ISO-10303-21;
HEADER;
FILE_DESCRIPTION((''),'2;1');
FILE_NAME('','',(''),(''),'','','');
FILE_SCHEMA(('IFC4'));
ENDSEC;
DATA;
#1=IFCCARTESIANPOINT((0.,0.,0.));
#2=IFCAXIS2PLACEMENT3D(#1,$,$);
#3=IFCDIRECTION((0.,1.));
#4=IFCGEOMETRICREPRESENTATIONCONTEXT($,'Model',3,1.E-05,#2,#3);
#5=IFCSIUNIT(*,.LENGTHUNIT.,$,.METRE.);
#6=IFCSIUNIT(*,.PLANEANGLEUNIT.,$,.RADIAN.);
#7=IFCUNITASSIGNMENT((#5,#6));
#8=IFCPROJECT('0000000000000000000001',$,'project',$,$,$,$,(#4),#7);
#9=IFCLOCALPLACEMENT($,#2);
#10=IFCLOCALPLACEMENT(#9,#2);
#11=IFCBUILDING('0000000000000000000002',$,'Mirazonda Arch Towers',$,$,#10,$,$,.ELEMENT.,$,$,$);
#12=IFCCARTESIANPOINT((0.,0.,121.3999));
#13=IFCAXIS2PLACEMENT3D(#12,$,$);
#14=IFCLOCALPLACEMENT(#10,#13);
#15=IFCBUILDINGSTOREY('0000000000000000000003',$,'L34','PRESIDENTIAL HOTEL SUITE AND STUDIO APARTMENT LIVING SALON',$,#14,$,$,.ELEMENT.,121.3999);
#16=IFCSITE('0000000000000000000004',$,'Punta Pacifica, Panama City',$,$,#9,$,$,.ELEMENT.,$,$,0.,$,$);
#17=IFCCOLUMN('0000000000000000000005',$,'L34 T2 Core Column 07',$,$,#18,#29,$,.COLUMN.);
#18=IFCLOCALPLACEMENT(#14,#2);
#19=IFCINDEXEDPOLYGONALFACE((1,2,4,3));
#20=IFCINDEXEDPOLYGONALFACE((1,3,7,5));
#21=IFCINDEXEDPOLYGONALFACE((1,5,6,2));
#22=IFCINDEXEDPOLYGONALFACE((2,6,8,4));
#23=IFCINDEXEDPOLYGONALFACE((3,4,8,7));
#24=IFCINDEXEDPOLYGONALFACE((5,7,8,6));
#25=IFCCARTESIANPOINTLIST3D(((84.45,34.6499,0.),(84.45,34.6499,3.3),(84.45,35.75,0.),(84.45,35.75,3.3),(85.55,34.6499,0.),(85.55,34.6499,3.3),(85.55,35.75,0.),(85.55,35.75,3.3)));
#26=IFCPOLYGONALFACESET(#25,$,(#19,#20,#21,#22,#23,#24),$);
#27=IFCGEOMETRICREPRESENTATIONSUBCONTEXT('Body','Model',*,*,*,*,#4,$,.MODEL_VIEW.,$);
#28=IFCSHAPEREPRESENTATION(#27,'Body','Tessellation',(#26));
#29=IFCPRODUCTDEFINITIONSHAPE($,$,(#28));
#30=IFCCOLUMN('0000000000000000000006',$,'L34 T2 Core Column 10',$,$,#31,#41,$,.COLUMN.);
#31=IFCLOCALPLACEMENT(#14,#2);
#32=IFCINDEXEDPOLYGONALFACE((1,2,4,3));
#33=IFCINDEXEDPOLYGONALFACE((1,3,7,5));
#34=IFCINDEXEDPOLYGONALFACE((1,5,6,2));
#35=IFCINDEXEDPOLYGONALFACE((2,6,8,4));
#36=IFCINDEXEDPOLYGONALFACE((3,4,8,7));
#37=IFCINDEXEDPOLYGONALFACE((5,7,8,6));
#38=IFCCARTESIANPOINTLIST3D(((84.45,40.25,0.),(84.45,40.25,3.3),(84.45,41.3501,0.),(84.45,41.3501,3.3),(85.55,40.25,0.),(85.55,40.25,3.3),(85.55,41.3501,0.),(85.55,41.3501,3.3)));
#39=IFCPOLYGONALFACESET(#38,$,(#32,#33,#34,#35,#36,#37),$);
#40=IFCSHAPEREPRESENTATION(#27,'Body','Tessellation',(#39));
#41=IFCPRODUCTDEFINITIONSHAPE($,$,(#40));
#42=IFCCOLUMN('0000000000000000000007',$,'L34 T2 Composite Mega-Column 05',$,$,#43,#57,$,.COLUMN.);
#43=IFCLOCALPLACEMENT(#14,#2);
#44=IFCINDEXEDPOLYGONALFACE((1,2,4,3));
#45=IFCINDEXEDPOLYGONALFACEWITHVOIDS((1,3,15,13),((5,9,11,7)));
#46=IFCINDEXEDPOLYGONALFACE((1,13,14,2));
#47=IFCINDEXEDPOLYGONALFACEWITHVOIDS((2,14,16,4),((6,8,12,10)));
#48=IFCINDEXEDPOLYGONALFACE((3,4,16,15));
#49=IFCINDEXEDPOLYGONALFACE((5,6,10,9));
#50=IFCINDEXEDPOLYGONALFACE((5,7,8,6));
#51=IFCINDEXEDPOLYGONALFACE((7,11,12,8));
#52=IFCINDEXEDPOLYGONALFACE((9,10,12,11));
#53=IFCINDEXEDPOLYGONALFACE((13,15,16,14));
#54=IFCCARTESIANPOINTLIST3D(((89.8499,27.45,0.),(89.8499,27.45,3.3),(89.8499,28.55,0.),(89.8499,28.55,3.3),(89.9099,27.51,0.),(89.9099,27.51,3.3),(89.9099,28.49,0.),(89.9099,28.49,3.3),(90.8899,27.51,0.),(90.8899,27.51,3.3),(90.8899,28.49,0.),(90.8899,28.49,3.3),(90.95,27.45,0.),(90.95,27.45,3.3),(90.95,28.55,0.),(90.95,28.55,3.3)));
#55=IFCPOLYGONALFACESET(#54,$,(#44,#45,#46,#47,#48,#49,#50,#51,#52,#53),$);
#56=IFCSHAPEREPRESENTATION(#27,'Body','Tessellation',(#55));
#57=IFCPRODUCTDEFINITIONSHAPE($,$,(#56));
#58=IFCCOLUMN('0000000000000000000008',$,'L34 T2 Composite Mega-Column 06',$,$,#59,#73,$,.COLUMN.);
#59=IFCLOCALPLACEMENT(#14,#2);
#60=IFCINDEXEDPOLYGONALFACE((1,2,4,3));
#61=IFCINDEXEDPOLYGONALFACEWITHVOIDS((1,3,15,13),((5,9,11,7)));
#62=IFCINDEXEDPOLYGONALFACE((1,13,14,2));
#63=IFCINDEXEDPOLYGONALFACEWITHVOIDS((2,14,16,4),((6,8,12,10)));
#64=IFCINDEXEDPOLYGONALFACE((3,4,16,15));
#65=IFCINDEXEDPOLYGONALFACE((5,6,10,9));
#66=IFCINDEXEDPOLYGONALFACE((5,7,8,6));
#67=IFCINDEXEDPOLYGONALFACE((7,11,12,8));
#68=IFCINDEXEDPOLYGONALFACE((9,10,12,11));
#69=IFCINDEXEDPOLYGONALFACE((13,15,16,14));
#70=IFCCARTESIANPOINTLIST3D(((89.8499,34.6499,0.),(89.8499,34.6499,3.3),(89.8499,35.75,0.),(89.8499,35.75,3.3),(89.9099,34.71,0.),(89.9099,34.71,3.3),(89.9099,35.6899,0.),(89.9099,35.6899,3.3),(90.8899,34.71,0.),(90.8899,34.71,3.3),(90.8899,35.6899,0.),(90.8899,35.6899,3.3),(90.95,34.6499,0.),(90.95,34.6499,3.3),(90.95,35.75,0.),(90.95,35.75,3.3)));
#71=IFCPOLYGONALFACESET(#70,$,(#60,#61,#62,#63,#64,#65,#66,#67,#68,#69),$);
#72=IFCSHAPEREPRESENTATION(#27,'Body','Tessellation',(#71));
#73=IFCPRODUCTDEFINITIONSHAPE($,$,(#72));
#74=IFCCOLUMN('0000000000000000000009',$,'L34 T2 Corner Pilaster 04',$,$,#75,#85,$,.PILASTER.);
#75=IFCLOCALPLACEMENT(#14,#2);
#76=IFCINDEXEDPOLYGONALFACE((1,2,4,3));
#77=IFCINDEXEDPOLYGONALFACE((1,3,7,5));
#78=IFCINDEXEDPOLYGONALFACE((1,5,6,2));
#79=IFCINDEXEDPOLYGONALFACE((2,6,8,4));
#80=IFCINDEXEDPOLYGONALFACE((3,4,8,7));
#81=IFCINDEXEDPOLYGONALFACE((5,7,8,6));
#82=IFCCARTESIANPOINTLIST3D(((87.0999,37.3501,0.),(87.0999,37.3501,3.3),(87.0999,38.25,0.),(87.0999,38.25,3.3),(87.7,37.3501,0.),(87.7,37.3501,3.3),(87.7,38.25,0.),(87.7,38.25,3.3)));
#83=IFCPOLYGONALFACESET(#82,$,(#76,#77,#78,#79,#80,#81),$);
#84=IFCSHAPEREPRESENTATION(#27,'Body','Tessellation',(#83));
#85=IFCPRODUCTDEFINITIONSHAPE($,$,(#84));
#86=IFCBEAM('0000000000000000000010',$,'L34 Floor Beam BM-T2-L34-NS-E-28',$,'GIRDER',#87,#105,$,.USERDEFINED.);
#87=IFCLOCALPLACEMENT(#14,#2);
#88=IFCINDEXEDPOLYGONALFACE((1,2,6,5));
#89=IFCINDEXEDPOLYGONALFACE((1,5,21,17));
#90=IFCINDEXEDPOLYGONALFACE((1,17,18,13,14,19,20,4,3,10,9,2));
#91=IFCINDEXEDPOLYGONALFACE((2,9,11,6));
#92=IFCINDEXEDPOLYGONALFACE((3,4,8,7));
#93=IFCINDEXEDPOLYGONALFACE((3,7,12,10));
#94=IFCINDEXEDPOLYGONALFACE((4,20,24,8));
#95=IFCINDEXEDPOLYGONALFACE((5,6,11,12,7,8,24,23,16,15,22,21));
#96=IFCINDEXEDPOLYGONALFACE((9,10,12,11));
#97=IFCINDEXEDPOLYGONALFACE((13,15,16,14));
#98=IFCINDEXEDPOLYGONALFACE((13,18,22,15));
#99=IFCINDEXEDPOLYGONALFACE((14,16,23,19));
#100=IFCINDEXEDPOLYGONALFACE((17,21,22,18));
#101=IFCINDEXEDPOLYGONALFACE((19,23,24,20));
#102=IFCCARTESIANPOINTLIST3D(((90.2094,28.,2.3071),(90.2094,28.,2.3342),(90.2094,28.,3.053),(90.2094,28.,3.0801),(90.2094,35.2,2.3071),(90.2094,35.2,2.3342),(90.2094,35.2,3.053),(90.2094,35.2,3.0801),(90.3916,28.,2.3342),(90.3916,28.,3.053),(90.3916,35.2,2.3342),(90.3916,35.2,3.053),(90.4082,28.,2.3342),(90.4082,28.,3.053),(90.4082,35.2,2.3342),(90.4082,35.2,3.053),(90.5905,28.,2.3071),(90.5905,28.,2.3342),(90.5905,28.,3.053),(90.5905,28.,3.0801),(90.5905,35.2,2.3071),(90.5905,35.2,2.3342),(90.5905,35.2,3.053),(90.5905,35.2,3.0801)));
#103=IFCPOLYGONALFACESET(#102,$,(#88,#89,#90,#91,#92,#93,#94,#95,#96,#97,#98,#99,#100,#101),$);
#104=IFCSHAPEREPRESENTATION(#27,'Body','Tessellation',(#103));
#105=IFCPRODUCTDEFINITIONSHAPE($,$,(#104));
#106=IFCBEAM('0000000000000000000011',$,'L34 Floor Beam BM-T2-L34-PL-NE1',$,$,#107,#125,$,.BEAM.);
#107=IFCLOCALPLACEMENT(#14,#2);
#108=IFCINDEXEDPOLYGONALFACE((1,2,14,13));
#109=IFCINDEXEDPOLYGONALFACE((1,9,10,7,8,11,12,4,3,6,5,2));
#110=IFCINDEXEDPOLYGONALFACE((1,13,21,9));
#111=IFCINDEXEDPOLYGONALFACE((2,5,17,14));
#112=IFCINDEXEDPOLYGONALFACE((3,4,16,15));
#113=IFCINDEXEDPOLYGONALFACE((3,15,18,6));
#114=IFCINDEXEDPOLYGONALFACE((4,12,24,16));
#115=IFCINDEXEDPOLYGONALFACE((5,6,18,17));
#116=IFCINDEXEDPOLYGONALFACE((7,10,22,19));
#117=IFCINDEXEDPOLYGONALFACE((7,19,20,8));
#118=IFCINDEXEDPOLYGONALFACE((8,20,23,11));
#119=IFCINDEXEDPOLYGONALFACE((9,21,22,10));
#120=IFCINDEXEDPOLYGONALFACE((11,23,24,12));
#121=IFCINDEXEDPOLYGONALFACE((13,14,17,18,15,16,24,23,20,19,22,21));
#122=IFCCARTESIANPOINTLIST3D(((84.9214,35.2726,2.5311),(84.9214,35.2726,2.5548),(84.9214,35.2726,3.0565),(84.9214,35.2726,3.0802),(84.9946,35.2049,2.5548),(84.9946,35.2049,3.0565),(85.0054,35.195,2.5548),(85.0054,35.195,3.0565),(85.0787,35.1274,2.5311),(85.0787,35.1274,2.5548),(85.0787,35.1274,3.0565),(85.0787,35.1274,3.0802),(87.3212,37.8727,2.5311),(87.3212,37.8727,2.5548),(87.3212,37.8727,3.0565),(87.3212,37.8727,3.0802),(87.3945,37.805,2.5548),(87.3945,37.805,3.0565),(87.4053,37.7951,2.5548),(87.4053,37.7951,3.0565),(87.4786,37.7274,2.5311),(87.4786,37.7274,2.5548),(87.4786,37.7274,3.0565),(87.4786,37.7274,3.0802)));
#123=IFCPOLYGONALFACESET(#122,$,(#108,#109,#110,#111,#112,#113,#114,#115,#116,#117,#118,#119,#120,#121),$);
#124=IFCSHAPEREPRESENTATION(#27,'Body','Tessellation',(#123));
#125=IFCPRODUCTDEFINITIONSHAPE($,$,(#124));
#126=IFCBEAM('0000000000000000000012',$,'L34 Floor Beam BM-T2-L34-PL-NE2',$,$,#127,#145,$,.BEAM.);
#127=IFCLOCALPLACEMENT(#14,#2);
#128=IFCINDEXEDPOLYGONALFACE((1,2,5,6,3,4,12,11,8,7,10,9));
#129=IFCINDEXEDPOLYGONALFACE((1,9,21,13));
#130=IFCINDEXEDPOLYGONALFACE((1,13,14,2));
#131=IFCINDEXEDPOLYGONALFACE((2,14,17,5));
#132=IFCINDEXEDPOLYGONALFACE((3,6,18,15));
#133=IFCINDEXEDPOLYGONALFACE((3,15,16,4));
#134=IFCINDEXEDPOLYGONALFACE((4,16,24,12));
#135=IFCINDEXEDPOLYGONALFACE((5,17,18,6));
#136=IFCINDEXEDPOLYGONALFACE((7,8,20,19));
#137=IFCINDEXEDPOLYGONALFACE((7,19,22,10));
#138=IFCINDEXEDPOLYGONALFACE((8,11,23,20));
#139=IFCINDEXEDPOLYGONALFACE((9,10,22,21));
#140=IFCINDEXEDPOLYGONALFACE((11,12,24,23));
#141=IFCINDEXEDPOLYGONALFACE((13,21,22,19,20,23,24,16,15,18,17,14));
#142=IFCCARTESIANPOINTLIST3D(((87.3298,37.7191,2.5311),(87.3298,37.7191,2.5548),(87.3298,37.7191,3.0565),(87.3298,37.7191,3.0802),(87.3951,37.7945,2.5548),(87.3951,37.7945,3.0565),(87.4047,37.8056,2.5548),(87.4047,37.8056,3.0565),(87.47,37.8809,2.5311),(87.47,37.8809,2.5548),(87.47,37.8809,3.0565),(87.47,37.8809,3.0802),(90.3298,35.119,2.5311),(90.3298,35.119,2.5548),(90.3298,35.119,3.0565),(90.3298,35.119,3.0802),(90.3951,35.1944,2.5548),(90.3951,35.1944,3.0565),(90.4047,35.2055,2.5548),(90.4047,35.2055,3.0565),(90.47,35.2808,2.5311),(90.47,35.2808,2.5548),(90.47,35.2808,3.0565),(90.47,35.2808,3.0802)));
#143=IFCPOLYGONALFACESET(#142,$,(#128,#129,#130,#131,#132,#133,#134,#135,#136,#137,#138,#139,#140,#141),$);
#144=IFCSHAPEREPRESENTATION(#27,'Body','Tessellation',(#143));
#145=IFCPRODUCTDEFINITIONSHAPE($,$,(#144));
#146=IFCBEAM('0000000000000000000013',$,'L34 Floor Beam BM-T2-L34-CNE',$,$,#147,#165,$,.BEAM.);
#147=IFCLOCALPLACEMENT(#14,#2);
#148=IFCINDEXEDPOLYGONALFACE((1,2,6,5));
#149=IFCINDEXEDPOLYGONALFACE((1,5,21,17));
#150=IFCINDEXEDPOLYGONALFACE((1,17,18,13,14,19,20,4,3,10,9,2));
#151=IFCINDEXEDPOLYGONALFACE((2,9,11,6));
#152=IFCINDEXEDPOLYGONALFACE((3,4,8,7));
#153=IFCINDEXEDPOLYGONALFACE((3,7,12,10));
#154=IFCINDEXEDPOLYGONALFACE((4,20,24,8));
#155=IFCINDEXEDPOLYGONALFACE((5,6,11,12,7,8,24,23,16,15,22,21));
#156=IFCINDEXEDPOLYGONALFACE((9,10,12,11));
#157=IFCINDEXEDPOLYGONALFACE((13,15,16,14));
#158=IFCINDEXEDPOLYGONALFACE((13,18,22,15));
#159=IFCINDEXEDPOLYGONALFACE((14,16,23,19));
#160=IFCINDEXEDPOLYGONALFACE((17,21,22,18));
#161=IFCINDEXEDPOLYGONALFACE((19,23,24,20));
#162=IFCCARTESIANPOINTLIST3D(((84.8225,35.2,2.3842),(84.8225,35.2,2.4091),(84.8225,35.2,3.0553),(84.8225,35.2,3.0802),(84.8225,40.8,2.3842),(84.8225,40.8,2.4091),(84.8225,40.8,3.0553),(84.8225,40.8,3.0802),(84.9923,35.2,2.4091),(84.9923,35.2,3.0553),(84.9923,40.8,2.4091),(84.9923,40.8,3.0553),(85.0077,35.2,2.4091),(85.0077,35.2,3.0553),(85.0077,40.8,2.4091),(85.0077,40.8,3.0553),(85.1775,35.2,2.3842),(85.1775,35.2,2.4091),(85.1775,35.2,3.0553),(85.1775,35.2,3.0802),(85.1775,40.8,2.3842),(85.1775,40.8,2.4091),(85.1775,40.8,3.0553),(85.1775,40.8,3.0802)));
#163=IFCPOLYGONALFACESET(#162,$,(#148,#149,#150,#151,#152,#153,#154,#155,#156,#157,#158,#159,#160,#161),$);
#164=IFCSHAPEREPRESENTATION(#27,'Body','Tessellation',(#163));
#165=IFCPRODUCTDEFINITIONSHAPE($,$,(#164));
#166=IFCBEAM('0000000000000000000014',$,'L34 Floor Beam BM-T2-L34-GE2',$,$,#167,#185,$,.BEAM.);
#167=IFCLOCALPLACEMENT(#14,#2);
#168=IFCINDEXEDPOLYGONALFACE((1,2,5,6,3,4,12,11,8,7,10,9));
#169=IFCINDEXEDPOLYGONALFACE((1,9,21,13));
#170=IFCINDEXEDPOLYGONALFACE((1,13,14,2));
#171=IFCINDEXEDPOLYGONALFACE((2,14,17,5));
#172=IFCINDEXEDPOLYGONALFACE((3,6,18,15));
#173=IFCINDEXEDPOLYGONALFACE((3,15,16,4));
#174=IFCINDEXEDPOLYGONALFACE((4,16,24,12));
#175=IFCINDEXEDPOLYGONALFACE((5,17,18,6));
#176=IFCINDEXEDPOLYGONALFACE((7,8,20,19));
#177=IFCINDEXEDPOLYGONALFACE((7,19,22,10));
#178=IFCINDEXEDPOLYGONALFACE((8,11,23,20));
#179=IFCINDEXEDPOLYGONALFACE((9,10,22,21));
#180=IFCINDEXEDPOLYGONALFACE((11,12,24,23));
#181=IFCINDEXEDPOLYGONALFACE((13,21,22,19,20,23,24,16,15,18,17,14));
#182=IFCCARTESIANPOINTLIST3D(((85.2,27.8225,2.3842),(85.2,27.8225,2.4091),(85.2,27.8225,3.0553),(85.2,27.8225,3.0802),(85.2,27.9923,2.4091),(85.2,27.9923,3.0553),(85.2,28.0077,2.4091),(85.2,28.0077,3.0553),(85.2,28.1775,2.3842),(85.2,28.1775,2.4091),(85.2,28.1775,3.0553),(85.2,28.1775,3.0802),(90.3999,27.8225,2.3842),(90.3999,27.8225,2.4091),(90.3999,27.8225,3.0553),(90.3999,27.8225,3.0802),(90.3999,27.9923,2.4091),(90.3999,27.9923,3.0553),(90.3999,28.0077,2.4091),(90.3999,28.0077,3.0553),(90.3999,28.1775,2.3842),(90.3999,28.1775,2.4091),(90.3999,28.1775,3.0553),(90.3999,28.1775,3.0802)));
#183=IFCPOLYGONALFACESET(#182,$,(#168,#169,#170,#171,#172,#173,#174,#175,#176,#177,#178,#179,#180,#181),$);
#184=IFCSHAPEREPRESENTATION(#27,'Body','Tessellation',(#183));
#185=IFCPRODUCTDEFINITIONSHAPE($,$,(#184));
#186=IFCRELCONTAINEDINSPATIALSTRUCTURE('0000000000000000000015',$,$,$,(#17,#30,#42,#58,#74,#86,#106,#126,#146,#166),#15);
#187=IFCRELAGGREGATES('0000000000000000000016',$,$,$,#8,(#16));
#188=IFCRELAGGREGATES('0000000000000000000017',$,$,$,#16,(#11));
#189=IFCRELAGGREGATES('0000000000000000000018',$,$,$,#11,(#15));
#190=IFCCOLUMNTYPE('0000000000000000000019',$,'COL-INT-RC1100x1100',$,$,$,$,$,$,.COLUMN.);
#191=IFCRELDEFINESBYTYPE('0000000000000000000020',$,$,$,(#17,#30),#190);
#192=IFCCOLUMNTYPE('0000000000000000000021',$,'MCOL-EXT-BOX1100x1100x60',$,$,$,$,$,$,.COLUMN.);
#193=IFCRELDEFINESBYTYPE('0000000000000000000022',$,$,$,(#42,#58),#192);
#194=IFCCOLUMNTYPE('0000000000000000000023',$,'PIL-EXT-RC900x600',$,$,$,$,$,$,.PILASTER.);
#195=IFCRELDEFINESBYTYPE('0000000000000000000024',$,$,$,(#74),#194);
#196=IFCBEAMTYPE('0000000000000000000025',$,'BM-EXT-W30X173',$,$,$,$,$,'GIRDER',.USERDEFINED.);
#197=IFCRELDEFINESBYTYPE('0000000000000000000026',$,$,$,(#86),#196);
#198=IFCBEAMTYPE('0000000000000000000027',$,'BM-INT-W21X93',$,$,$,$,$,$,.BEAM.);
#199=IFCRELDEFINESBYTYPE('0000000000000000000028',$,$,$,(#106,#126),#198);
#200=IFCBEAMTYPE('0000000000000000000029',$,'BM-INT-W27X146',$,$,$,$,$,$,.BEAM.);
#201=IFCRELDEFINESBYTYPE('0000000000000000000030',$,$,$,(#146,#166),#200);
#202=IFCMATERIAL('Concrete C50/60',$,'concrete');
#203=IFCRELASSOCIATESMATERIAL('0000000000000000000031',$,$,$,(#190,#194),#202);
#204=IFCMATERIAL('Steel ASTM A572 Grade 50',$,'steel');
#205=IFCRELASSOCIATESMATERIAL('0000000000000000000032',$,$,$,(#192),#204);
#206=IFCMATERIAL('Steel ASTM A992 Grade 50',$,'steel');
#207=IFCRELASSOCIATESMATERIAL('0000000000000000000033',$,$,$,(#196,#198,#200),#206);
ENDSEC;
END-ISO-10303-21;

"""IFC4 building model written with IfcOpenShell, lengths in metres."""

from ifc_helpers import new_model, si_unit, direction, frame, origin, origin_2d, place, context, subcontext, project, spatial, rectangle, hollow_rectangle, i_section, extrude, material, material_profile, profile_set, type_object, element, save


model = new_model("IFC4")

# Units and contexts
model_context = context("Model", 3, precision=1e-05, world=origin(), true_north=direction((0.0, 1.0)))
body_context = subcontext(model_context, "Body", "Model", "MODEL_VIEW")
ifc_project = project(units=[si_unit("LENGTHUNIT", "METRE"), si_unit("PLANEANGLEUNIT", "RADIAN")], contexts=[model_context])

# Site, building, storey
site_placement = place(None, origin())
site = spatial("IfcSite", under=ifc_project, at=site_placement, Name="Punta Pacifica, Panama City", CompositionType="ELEMENT", RefElevation=0.0)
building_placement = place(site_placement, origin())
building = spatial("IfcBuilding", under=site, at=building_placement, Name="Mirazonda Arch Towers", CompositionType="ELEMENT")
storey_placement = place(building_placement, frame((0.0, 0.0, 121.3999)))
storey = spatial("IfcBuildingStorey", under=building, at=storey_placement, Name="L34", Description="PRESIDENTIAL HOTEL SUITE AND STUDIO APARTMENT LIVING SALON", CompositionType="ELEMENT", Elevation=121.3999)

# Columns
ifc_material_1 = material(Name="Concrete C50/60", Category="concrete")
ifc_material_profile_1 = material_profile(ifc_material_1, rectangle(XDim=1.1001, YDim=1.1001, at=origin_2d()), Name="RC1100x1100")
ifc_profile_set_1 = profile_set([ifc_material_profile_1], Name="Concrete C50/60")
column_type_1 = type_object("IfcColumnType", Name="COL-INT-RC1100x1100", PredefinedType="COLUMN", material=ifc_profile_set_1)
for number, where, z_axis, x_axis, name in (
    (1, (85.0, 35.2, 0.0), (0.0, 0.0, 1.0), (1.0, 0.0, 0.0), "L34 T2 Core Column 07"),
    (2, (85.0, 40.8, 0.0), (0.0, 0.0, 1.0), (1.0, 0.0, 0.0), "L34 T2 Core Column 10"),
):
    element("IfcColumn", number, at=place(storey_placement, frame(where, z_axis=z_axis, x_axis=x_axis)), inside=storey, type_object=column_type_1, Name=name, PredefinedType="COLUMN", context=body_context, shape_type="SweptSolid", body=[
        extrude(rectangle(XDim=1.1001, YDim=1.1001, at=origin_2d()), origin(), (0.0, 0.0, 1.0), 3.3),
    ])
ifc_material_2 = material(Name="Steel ASTM A572 Grade 50", Category="steel")
ifc_material_profile_2 = material_profile(ifc_material_2, hollow_rectangle(XDim=1.1001, YDim=1.1001, WallThickness=0.0601, at=origin_2d()), Name="BOX1100x1100x60")
ifc_profile_set_2 = profile_set([ifc_material_profile_2], Name="Steel ASTM A572 Grade 50")
column_type_2 = type_object("IfcColumnType", Name="MCOL-EXT-BOX1100x1100x60", PredefinedType="COLUMN", material=ifc_profile_set_2)
for number, where, z_axis, x_axis, name in (
    (3, (90.3999, 28.0, 0.0), (0.0, 0.0, 1.0), (1.0, 0.0, 0.0), "L34 T2 Composite Mega-Column 05"),
    (4, (90.3999, 35.2, 0.0), (0.0, 0.0, 1.0), (1.0, 0.0, 0.0), "L34 T2 Composite Mega-Column 06"),
):
    element("IfcColumn", number, at=place(storey_placement, frame(where, z_axis=z_axis, x_axis=x_axis)), inside=storey, type_object=column_type_2, Name=name, PredefinedType="COLUMN", context=body_context, shape_type="SweptSolid", body=[
        extrude(hollow_rectangle(XDim=1.1001, YDim=1.1001, WallThickness=0.0601, at=origin_2d()), origin(), (0.0, 0.0, 1.0), 3.3),
    ])
ifc_material_profile_3 = material_profile(ifc_material_1, rectangle(XDim=0.6001, YDim=0.8999, at=origin_2d()), Name="RC900x600")
ifc_profile_set_3 = profile_set([ifc_material_profile_3], Name="Concrete C50/60")
column_type_3 = type_object("IfcColumnType", Name="PIL-EXT-RC900x600", PredefinedType="PILASTER", material=ifc_profile_set_3)
column_placement = place(storey_placement, frame((87.3999, 37.8, 0.0), z_axis=(0.0, 0.0, 1.0), x_axis=(1.0, 0.0, 0.0)))
element("IfcColumn", 5, at=column_placement, inside=storey, type_object=column_type_3, Name="L34 T2 Corner Pilaster 04", PredefinedType="PILASTER", context=body_context, shape_type="SweptSolid", body=[
    extrude(rectangle(XDim=0.6001, YDim=0.8999, at=origin_2d()), origin(), (0.0, 0.0, 1.0), 3.3),
])

# Beams
ifc_material_3 = material(Name="Steel ASTM A992 Grade 50", Category="steel")
ifc_material_profile_4 = material_profile(ifc_material_3, i_section(OverallWidth=0.3811, OverallDepth=0.7729, WebThickness=0.0166, FlangeThickness=0.0271, at=origin_2d()), Name="W30X173")
ifc_profile_set_4 = profile_set([ifc_material_profile_4], Name="Steel ASTM A992 Grade 50")
beam_type_1 = type_object("IfcBeamType", Name="BM-EXT-W30X173", ElementType="GIRDER", PredefinedType="USERDEFINED", material=ifc_profile_set_4)
beam_1_placement = place(storey_placement, frame((90.3999, 28.0, 2.6936), z_axis=(0.0, 1.0, 0.0), x_axis=(-1.0, 0.0, 0.0)))
element("IfcBeam", 6, at=beam_1_placement, inside=storey, type_object=beam_type_1, Name="L34 Floor Beam BM-T2-L34-NS-E-28", ObjectType="GIRDER", PredefinedType="USERDEFINED", context=body_context, shape_type="SweptSolid", body=[
    extrude(i_section(OverallWidth=0.3811, OverallDepth=0.7729, WebThickness=0.0166, FlangeThickness=0.0271, at=origin_2d()), origin(), (0.0, 0.0, 1.0), 7.2),
])
ifc_material_profile_5 = material_profile(ifc_material_3, i_section(OverallWidth=0.2141, OverallDepth=0.5491, WebThickness=0.0146, FlangeThickness=0.0237, at=origin_2d()), Name="W21X93")
ifc_profile_set_5 = profile_set([ifc_material_profile_5], Name="Steel ASTM A992 Grade 50")
beam_type_2 = type_object("IfcBeamType", Name="BM-INT-W21X93", PredefinedType="BEAM", material=ifc_profile_set_5)
beam_2_placement = place(storey_placement, frame((87.3999, 37.8, 2.8057), z_axis=(-0.678251, -0.73483, 0.0), x_axis=(0.73483, -0.678251, 0.0)))
element("IfcBeam", 7, at=beam_2_placement, inside=storey, type_object=beam_type_2, Name="L34 Floor Beam BM-T2-L34-PL-NE1", PredefinedType="BEAM", context=body_context, shape_type="SweptSolid", body=[
    extrude(i_section(OverallWidth=0.2141, OverallDepth=0.5491, WebThickness=0.0146, FlangeThickness=0.0237, at=origin_2d()), origin(), (0.0, 0.0, 1.0), 3.5383),
])
beam_3_placement = place(storey_placement, frame((87.3999, 37.8, 2.8057), z_axis=(0.755677, -0.654945, 0.0), x_axis=(0.654945, 0.755677, 0.0)))
element("IfcBeam", 8, at=beam_3_placement, inside=storey, type_object=beam_type_2, Name="L34 Floor Beam BM-T2-L34-PL-NE2", PredefinedType="BEAM", context=body_context, shape_type="SweptSolid", body=[
    extrude(i_section(OverallWidth=0.2141, OverallDepth=0.5491, WebThickness=0.0146, FlangeThickness=0.0237, at=origin_2d()), origin(), (0.0, 0.0, 1.0), 3.97),
])
ifc_material_profile_6 = material_profile(ifc_material_3, i_section(OverallWidth=0.355, OverallDepth=0.696, WebThickness=0.0154, FlangeThickness=0.0249, at=origin_2d()), Name="W27X146")
ifc_profile_set_6 = profile_set([ifc_material_profile_6], Name="Steel ASTM A992 Grade 50")
beam_type_3 = type_object("IfcBeamType", Name="BM-INT-W27X146", PredefinedType="BEAM", material=ifc_profile_set_6)
beam_4_placement = place(storey_placement, frame((85.0, 35.2, 2.7322), z_axis=(0.0, 1.0, 0.0), x_axis=(-1.0, 0.0, 0.0)))
element("IfcBeam", 9, at=beam_4_placement, inside=storey, type_object=beam_type_3, Name="L34 Floor Beam BM-T2-L34-CNE", PredefinedType="BEAM", context=body_context, shape_type="SweptSolid", body=[
    extrude(i_section(OverallWidth=0.355, OverallDepth=0.696, WebThickness=0.0154, FlangeThickness=0.0249, at=origin_2d()), origin(), (0.0, 0.0, 1.0), 5.6001),
])
beam_5_placement = place(storey_placement, frame((85.2, 28.0, 2.7322), z_axis=(1.0, 0.0, 0.0), x_axis=(0.0, 1.0, 0.0)))
element("IfcBeam", 10, at=beam_5_placement, inside=storey, type_object=beam_type_3, Name="L34 Floor Beam BM-T2-L34-GE2", PredefinedType="BEAM", context=body_context, shape_type="SweptSolid", body=[
    extrude(i_section(OverallWidth=0.355, OverallDepth=0.696, WebThickness=0.0154, FlangeThickness=0.0249, at=origin_2d()), origin(), (0.0, 0.0, 1.0), 5.2),
])

save(model, "model.ifc")
